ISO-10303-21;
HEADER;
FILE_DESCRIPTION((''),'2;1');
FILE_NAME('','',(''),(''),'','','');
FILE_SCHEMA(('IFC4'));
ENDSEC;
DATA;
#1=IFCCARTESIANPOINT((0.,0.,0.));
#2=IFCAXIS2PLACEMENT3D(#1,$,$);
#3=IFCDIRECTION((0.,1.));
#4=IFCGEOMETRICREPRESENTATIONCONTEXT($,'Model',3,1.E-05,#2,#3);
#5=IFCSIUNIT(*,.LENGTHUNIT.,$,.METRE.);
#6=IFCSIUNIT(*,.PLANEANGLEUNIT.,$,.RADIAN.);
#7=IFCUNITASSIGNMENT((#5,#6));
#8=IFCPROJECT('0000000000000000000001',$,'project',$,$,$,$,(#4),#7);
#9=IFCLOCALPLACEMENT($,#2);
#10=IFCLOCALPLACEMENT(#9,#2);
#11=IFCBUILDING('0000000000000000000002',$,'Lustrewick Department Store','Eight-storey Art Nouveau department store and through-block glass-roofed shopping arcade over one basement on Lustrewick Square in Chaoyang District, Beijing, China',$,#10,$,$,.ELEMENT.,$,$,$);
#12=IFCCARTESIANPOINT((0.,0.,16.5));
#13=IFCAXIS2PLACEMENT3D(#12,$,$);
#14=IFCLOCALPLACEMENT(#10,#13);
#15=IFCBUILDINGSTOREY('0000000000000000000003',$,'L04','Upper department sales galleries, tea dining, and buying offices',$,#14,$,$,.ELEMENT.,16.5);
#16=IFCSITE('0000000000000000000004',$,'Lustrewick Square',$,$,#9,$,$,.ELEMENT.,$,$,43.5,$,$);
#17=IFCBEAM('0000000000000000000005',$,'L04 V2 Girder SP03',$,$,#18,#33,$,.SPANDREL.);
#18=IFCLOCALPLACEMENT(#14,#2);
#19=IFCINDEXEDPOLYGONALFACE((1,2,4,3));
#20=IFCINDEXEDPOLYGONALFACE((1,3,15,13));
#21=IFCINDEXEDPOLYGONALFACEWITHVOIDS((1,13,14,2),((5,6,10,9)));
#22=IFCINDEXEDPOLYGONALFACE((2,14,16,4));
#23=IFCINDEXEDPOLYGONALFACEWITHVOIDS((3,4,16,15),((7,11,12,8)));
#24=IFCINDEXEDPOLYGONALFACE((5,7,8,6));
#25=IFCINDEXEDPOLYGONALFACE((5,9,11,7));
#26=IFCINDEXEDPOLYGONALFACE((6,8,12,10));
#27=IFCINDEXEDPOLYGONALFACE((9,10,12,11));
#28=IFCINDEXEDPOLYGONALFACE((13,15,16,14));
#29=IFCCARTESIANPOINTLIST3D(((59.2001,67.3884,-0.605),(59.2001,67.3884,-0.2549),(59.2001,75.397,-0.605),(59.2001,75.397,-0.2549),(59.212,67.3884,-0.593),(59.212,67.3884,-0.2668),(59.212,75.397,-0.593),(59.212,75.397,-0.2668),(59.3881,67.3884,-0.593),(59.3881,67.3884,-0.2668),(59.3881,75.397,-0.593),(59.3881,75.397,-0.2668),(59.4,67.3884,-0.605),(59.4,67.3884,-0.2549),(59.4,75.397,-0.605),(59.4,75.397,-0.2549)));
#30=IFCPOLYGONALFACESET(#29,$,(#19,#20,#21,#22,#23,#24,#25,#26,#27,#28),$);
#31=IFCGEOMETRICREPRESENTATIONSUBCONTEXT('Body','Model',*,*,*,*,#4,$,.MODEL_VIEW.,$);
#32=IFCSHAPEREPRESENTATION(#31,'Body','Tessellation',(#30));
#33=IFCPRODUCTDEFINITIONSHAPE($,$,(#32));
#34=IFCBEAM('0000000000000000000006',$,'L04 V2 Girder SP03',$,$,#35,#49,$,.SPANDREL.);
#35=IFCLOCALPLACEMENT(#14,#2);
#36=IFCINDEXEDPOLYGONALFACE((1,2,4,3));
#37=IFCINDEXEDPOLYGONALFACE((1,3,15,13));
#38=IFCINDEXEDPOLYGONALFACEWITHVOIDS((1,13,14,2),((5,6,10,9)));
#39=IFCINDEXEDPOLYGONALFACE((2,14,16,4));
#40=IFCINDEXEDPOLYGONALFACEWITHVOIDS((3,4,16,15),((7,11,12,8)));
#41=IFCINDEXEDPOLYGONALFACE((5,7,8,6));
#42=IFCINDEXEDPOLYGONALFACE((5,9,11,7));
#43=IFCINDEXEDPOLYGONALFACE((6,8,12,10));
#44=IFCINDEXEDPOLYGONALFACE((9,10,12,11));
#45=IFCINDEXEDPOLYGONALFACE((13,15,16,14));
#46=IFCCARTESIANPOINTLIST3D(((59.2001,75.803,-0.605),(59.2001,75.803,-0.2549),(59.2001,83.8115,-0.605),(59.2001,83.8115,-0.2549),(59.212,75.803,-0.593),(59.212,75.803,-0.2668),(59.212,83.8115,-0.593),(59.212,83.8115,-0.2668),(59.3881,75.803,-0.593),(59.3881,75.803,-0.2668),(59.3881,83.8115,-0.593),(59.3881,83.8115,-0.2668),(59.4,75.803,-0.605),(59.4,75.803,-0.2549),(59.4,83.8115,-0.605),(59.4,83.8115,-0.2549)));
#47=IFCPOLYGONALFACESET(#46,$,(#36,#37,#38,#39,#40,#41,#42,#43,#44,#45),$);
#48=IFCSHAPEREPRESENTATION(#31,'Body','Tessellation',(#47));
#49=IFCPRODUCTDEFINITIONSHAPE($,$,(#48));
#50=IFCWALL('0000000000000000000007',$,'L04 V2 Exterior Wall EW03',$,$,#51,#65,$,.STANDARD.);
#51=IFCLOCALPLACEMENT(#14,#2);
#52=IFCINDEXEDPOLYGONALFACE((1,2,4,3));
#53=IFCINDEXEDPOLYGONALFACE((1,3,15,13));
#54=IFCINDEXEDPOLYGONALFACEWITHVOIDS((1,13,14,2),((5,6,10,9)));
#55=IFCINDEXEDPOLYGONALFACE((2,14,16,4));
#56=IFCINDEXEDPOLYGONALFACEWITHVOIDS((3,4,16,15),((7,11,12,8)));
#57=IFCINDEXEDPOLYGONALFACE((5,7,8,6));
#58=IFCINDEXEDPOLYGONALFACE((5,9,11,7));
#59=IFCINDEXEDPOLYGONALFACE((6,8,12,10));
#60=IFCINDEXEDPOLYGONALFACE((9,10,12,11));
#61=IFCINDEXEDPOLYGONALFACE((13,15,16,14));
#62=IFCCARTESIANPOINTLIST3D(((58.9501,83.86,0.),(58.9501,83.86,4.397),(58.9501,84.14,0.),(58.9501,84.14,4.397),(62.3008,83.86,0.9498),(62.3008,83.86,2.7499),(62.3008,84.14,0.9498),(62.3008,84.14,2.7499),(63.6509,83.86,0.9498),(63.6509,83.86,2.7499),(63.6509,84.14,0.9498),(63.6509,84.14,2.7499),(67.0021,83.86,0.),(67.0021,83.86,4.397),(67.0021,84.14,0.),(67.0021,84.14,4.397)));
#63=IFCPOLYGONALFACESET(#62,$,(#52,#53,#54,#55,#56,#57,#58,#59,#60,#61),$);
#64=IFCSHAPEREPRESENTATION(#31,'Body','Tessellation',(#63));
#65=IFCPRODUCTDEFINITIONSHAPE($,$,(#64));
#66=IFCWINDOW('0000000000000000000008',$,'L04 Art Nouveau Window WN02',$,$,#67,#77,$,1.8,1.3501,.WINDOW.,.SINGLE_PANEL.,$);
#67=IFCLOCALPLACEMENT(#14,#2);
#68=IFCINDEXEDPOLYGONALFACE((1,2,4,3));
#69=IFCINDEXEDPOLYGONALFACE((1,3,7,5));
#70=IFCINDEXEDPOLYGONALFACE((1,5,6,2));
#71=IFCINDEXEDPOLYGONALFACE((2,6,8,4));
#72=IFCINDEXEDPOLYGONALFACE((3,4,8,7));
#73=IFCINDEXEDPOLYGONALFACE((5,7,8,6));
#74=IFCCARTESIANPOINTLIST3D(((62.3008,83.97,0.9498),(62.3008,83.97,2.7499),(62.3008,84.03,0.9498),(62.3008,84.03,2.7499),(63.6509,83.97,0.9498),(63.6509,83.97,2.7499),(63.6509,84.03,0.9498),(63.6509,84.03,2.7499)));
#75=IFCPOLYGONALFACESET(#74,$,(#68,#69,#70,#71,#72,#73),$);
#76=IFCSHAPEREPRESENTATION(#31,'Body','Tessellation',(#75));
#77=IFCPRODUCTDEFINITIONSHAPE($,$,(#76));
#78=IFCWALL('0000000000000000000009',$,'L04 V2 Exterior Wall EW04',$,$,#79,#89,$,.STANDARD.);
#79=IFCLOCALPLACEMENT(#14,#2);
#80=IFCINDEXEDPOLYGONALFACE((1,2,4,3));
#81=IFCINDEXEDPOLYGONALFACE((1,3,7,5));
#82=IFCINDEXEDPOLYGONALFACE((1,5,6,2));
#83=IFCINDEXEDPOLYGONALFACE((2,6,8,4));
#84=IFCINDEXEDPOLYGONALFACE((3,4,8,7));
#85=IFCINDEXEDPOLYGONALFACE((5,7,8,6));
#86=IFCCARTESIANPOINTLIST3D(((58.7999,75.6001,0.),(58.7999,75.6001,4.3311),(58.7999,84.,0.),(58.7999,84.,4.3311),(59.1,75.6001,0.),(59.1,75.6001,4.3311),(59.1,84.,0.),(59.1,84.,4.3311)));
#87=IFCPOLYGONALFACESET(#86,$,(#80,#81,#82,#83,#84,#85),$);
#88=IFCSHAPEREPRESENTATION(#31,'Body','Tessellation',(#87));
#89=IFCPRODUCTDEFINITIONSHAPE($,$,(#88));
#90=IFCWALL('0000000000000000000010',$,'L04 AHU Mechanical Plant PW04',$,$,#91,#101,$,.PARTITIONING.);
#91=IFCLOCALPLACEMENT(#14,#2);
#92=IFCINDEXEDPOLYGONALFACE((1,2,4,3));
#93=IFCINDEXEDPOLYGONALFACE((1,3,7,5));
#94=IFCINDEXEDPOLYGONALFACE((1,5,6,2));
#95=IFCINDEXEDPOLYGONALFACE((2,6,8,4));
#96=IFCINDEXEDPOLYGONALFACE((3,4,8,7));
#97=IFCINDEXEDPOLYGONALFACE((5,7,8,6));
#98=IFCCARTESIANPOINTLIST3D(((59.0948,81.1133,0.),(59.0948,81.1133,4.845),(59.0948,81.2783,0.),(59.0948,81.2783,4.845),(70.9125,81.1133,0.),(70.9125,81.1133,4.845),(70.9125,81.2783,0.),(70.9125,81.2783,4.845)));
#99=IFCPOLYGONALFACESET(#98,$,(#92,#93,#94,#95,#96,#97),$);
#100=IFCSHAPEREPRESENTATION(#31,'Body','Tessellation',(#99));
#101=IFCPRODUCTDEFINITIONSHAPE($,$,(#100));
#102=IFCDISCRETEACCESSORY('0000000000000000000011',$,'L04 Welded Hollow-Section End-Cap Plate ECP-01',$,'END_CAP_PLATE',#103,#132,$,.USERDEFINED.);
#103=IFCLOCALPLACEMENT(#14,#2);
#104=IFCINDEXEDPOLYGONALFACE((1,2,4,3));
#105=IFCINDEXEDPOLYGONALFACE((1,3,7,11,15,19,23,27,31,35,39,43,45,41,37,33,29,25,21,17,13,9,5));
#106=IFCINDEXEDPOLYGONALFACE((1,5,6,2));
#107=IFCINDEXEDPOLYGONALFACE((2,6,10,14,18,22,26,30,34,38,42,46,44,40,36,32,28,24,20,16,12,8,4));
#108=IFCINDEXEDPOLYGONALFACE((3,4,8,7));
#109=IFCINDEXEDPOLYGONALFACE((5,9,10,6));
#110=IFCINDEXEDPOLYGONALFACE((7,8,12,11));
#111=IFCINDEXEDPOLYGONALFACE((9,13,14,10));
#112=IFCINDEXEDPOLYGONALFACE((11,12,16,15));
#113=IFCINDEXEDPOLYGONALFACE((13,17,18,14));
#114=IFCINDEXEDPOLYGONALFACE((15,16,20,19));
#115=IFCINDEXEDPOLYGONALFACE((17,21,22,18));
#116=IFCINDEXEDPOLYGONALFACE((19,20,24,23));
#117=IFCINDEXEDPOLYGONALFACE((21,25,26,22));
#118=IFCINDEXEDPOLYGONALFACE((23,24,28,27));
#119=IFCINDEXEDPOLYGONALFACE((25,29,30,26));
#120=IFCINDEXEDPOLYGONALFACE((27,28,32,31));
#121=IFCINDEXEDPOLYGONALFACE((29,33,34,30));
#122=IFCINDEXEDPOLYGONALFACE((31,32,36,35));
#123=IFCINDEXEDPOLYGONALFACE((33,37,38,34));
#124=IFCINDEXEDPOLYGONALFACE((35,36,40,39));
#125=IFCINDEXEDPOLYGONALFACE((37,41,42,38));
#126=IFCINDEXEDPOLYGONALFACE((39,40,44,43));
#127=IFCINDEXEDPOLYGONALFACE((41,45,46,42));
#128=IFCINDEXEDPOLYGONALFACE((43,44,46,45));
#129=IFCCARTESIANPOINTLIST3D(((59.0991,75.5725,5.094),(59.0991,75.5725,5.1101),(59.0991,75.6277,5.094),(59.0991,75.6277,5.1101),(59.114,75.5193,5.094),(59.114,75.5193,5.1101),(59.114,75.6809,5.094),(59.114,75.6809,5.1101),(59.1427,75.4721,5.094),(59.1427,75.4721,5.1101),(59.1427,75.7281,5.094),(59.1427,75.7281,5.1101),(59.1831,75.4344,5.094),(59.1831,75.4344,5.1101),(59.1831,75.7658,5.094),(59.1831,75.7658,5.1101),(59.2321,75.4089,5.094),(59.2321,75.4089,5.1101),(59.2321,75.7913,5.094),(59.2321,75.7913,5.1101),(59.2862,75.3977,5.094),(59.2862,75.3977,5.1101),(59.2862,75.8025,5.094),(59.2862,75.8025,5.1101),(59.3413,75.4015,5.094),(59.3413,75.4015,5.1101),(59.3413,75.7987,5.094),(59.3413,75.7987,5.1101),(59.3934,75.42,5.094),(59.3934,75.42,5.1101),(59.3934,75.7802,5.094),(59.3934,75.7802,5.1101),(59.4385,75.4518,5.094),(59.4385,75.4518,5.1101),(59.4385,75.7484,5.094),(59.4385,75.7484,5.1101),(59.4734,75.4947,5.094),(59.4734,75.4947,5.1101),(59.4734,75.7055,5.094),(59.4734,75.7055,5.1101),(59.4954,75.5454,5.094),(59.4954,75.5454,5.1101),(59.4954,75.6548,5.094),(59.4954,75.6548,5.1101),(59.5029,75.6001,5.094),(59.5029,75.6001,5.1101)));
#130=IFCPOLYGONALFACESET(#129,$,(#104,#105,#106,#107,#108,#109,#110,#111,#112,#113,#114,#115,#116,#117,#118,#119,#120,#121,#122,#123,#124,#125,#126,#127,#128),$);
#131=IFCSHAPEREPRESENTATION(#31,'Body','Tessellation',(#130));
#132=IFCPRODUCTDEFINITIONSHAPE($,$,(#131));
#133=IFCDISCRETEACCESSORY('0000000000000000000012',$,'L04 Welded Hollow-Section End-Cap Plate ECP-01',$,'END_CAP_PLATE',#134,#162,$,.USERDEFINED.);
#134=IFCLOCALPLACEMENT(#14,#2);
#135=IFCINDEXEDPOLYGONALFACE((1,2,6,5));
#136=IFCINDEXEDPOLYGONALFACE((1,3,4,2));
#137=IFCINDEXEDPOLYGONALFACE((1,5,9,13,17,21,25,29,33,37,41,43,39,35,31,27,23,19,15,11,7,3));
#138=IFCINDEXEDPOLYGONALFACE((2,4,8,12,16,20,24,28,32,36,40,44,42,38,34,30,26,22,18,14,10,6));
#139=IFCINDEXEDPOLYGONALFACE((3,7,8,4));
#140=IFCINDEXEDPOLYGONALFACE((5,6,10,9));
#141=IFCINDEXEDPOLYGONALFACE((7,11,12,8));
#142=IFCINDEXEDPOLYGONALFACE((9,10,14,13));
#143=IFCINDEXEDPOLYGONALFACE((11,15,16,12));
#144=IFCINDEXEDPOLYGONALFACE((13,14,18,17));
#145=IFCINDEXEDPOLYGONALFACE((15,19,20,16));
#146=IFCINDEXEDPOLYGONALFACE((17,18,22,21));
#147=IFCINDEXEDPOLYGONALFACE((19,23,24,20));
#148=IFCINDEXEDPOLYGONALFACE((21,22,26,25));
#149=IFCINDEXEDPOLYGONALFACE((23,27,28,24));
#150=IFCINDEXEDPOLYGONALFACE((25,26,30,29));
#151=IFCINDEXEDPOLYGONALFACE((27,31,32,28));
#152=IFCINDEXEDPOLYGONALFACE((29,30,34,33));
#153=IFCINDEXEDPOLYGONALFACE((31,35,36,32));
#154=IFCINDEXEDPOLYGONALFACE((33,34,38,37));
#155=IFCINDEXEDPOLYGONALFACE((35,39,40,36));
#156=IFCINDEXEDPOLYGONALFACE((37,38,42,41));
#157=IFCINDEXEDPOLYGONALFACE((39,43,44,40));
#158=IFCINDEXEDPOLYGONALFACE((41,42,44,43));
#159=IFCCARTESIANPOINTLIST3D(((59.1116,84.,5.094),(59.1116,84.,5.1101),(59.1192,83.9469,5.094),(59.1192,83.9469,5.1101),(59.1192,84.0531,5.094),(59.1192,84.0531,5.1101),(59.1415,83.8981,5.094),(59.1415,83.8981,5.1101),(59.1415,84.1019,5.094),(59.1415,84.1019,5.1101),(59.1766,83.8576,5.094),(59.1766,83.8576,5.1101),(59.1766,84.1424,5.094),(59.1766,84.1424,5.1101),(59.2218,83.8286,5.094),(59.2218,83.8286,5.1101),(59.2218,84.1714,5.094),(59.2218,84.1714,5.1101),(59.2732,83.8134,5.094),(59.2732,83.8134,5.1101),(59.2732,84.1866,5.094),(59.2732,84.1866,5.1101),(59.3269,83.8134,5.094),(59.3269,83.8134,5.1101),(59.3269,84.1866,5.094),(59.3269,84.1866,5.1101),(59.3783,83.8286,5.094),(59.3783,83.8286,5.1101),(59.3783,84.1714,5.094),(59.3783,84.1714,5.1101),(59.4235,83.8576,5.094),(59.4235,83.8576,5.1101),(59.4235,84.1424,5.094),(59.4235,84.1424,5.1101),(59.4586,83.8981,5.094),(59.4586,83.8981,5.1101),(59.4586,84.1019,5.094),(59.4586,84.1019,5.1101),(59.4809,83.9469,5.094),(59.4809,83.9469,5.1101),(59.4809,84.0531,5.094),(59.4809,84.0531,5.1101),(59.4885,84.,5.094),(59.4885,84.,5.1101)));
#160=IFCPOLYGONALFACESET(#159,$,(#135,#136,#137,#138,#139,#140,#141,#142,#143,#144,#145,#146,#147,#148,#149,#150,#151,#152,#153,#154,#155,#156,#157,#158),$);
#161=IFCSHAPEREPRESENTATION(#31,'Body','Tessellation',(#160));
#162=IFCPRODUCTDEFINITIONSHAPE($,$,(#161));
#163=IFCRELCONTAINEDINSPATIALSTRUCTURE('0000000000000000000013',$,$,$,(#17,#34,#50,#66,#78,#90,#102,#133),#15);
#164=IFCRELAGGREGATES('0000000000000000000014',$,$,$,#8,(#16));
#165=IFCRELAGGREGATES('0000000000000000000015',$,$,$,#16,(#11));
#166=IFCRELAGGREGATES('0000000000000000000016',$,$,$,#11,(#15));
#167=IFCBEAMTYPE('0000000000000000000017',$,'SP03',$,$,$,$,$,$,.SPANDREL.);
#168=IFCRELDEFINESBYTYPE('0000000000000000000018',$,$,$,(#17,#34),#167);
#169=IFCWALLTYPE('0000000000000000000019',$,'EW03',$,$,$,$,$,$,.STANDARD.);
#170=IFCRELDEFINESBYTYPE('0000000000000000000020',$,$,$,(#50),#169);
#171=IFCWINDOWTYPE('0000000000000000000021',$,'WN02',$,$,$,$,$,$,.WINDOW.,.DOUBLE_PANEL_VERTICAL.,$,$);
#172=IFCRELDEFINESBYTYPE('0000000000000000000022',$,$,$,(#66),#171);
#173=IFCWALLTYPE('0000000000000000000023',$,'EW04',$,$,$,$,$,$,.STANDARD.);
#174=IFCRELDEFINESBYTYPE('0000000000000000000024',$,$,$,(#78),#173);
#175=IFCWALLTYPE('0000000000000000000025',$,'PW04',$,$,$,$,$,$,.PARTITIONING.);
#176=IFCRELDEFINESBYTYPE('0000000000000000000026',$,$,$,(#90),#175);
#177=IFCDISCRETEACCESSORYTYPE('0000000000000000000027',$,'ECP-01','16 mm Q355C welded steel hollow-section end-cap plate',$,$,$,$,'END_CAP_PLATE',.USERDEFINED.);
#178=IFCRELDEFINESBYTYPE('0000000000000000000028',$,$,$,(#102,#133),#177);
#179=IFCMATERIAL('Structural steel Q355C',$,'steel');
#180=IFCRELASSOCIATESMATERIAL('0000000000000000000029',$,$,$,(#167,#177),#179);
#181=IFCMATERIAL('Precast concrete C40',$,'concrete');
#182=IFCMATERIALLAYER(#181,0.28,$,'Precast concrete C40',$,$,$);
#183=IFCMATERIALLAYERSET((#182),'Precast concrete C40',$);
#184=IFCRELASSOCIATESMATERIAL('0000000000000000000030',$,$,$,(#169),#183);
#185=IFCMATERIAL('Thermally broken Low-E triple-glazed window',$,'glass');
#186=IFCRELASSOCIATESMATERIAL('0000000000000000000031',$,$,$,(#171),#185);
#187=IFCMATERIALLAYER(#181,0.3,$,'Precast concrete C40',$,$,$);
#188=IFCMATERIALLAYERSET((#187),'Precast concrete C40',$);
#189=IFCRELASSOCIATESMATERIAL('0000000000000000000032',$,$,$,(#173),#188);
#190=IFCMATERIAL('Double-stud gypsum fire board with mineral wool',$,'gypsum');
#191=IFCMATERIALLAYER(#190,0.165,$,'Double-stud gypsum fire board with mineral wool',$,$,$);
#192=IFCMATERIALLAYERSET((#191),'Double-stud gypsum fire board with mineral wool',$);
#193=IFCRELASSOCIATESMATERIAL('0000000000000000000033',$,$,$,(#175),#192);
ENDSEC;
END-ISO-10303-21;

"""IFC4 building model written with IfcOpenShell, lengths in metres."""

from ifc_helpers import new_model, si_unit, direction, frame, frame_2d, origin, origin_2d, place, context, subcontext, project, spatial, rectangle, hollow_rectangle, circle, extrude, material, layer, layer_set, material_profile, profile_set, type_object, element, fill, save


model = new_model("IFC4")

# Units and contexts
model_context = context("Model", 3, precision=1e-05, world=origin(), true_north=direction((0.0, 1.0)))
body_context = subcontext(model_context, "Body", "Model", "MODEL_VIEW")
ifc_project = project(units=[si_unit("LENGTHUNIT", "METRE"), si_unit("PLANEANGLEUNIT", "RADIAN")], contexts=[model_context])

# Site, building, storey
site_placement = place(None, origin())
site = spatial("IfcSite", under=ifc_project, at=site_placement, Name="Lustrewick Square", CompositionType="ELEMENT", RefElevation=43.5)
building_placement = place(site_placement, origin())
building = spatial("IfcBuilding", under=site, at=building_placement, Name="Lustrewick Department Store", Description="Eight-storey Art Nouveau department store and through-block glass-roofed shopping arcade over one basement on Lustrewick Square in Chaoyang District, Beijing, China", CompositionType="ELEMENT")
storey_placement = place(building_placement, frame((0.0, 0.0, 16.5)))
storey = spatial("IfcBuildingStorey", under=building, at=storey_placement, Name="L04", Description="Upper department sales galleries, tea dining, and buying offices", CompositionType="ELEMENT", Elevation=16.5)

# Shared definitions
ifc_material_1 = material(Name="Structural steel Q355C", Category="steel")

# Beams
ifc_material_profile_1 = material_profile(ifc_material_1, hollow_rectangle(XDim=0.2, YDim=0.3501, WallThickness=0.012, at=origin_2d()), Name="RHS 350x200x12")
ifc_profile_set_1 = profile_set([ifc_material_profile_1], Name="Structural steel Q355C")
beam_type_1 = type_object("IfcBeamType", Name="SP03", PredefinedType="SPANDREL", material=ifc_profile_set_1)
for number, where, z_axis, x_axis, name in (
    (1, (59.3, 67.3884, -0.4299), (0.0, 1.0, 0.0), (-1.0, 0.0, 0.0), "L04 V2 Girder SP03"),
    (2, (59.3, 75.803, -0.4299), (0.0, 1.0, 0.0), (-1.0, 0.0, 0.0), "L04 V2 Girder SP03"),
):
    element("IfcBeam", number, at=place(storey_placement, frame(where, z_axis=z_axis, x_axis=x_axis)), inside=storey, type_object=beam_type_1, Name=name, PredefinedType="SPANDREL", context=body_context, shape_type="SweptSolid", body=[
        extrude(hollow_rectangle(XDim=0.2, YDim=0.3501, WallThickness=0.012, at=origin_2d()), origin(), (0.0, 0.0, 1.0), 8.0085),
    ])

# Wall, opening, window
ifc_material_2 = material(Name="Precast concrete C40", Category="concrete")
ifc_layer_1 = layer(ifc_material_2, 0.28, Name="Precast concrete C40")
ifc_layer_set_1 = layer_set([ifc_layer_1], Name="Precast concrete C40")
wall_type_1 = type_object("IfcWallType", Name="EW03", PredefinedType="STANDARD", material=ifc_layer_set_1)
wall_1_placement = place(storey_placement, frame((67.002, 84.0, 0.0), z_axis=(0.0, 0.0, 1.0), x_axis=(-1.0, 0.0, 0.0)))
wall_1 = element("IfcWall", 3, at=wall_1_placement, inside=storey, type_object=wall_type_1, Name="L04 V2 Exterior Wall EW03", PredefinedType="STANDARD", context=body_context, shape_type="SweptSolid", body=[
    extrude(rectangle(XDim=8.052, YDim=0.28, at=frame_2d((4.0259, 0.0))), origin(), (0.0, 0.0, 1.0), 4.397),
])
opening_placement = place(wall_1_placement, frame((3.3511, 0.0, 0.95)))
opening = element("IfcOpeningElement", 4, at=opening_placement, cuts=wall_1, PredefinedType="OPENING", context=body_context, shape_type="SweptSolid", body=[
    extrude(rectangle(XDim=1.3501, YDim=1.8, at=frame_2d((0.675, 0.8999))), frame((0.0, 0.1499, 0.0), z_axis=(0.0, -1.0, 0.0), x_axis=(1.0, 0.0, 0.0)), (0.0, 0.0, 1.0), 0.3),
])
ifc_material_3 = material(Name="Thermally broken Low-E triple-glazed window", Category="glass")
window_type = type_object("IfcWindowType", Name="WN02", PartitioningType="DOUBLE_PANEL_VERTICAL", PredefinedType="WINDOW", material=ifc_material_3)
window_placement = place(opening_placement, origin())
window = element("IfcWindow", 5, at=window_placement, inside=storey, type_object=window_type, Name="L04 Art Nouveau Window WN02", OverallHeight=1.8, OverallWidth=1.3501, PartitioningType="SINGLE_PANEL", PredefinedType="WINDOW", context=body_context, shape_type="SweptSolid", body=[
    extrude(rectangle(XDim=1.3501, YDim=1.8, at=frame_2d((0.675, 0.8999))), frame((0.0, 0.03, 0.0), z_axis=(0.0, -1.0, 0.0), x_axis=(1.0, 0.0, 0.0)), (0.0, 0.0, 1.0), 0.0601),
])
fill(opening, window)

# Walls
ifc_layer_2 = layer(ifc_material_2, 0.3, Name="Precast concrete C40")
ifc_layer_set_2 = layer_set([ifc_layer_2], Name="Precast concrete C40")
wall_type_2 = type_object("IfcWallType", Name="EW04", PredefinedType="STANDARD", material=ifc_layer_set_2)
wall_2_placement = place(storey_placement, frame((58.95, 84.0, 0.0), z_axis=(0.0, 0.0, 1.0), x_axis=(0.0, -1.0, 0.0)))
element("IfcWall", 6, at=wall_2_placement, inside=storey, type_object=wall_type_2, Name="L04 V2 Exterior Wall EW04", PredefinedType="STANDARD", context=body_context, shape_type="SweptSolid", body=[
    extrude(rectangle(XDim=8.3999, YDim=0.3, at=frame_2d((4.2, 0.0))), origin(), (0.0, 0.0, 1.0), 4.3311),
])
ifc_material_4 = material(Name="Double-stud gypsum fire board with mineral wool", Category="gypsum")
ifc_layer_3 = layer(ifc_material_4, 0.165, Name="Double-stud gypsum fire board with mineral wool")
ifc_layer_set_3 = layer_set([ifc_layer_3], Name="Double-stud gypsum fire board with mineral wool")
wall_type_3 = type_object("IfcWallType", Name="PW04", PredefinedType="PARTITIONING", material=ifc_layer_set_3)
wall_3_placement = place(storey_placement, frame((59.095, 81.1958, 0.0), z_axis=(0.0, 0.0, 1.0), x_axis=(1.0, 0.0, 0.0)))
element("IfcWall", 7, at=wall_3_placement, inside=storey, type_object=wall_type_3, Name="L04 AHU Mechanical Plant PW04", PredefinedType="PARTITIONING", context=body_context, shape_type="SweptSolid", body=[
    extrude(rectangle(XDim=11.8176, YDim=0.165, at=frame_2d((5.9087, 0.0))), origin(), (0.0, 0.0, 1.0), 4.845),
])

# Discrete accessories
discrete_accessory_type = type_object("IfcDiscreteAccessoryType", Name="ECP-01", Description="16 mm Q355C welded steel hollow-section end-cap plate", ElementType="END_CAP_PLATE", PredefinedType="USERDEFINED", material=ifc_material_1)
discrete_accessory_1_placement = place(storey_placement, frame((59.3, 75.6001, 5.094), z_axis=(0.0, 0.0, 1.0), x_axis=(1.0, 0.0, 0.0)))
element("IfcDiscreteAccessory", 8, at=discrete_accessory_1_placement, inside=storey, type_object=discrete_accessory_type, Name="L04 Welded Hollow-Section End-Cap Plate ECP-01", ObjectType="END_CAP_PLATE", PredefinedType="USERDEFINED", context=body_context, shape_type="SweptSolid", body=[
    extrude(circle(Radius=0.2029, at=origin_2d()), origin(), (0.0, 0.0, 1.0), 0.0161),
])
discrete_accessory_2_placement = place(storey_placement, frame((59.3, 84.0, 5.094), z_axis=(0.0, 0.0, 1.0), x_axis=(1.0, 0.0, 0.0)))
element("IfcDiscreteAccessory", 9, at=discrete_accessory_2_placement, inside=storey, type_object=discrete_accessory_type, Name="L04 Welded Hollow-Section End-Cap Plate ECP-01", ObjectType="END_CAP_PLATE", PredefinedType="USERDEFINED", context=body_context, shape_type="SweptSolid", body=[
    extrude(circle(Radius=0.1885, at=origin_2d()), origin(), (0.0, 0.0, 1.0), 0.0161),
])

save(model, "model.ifc")
